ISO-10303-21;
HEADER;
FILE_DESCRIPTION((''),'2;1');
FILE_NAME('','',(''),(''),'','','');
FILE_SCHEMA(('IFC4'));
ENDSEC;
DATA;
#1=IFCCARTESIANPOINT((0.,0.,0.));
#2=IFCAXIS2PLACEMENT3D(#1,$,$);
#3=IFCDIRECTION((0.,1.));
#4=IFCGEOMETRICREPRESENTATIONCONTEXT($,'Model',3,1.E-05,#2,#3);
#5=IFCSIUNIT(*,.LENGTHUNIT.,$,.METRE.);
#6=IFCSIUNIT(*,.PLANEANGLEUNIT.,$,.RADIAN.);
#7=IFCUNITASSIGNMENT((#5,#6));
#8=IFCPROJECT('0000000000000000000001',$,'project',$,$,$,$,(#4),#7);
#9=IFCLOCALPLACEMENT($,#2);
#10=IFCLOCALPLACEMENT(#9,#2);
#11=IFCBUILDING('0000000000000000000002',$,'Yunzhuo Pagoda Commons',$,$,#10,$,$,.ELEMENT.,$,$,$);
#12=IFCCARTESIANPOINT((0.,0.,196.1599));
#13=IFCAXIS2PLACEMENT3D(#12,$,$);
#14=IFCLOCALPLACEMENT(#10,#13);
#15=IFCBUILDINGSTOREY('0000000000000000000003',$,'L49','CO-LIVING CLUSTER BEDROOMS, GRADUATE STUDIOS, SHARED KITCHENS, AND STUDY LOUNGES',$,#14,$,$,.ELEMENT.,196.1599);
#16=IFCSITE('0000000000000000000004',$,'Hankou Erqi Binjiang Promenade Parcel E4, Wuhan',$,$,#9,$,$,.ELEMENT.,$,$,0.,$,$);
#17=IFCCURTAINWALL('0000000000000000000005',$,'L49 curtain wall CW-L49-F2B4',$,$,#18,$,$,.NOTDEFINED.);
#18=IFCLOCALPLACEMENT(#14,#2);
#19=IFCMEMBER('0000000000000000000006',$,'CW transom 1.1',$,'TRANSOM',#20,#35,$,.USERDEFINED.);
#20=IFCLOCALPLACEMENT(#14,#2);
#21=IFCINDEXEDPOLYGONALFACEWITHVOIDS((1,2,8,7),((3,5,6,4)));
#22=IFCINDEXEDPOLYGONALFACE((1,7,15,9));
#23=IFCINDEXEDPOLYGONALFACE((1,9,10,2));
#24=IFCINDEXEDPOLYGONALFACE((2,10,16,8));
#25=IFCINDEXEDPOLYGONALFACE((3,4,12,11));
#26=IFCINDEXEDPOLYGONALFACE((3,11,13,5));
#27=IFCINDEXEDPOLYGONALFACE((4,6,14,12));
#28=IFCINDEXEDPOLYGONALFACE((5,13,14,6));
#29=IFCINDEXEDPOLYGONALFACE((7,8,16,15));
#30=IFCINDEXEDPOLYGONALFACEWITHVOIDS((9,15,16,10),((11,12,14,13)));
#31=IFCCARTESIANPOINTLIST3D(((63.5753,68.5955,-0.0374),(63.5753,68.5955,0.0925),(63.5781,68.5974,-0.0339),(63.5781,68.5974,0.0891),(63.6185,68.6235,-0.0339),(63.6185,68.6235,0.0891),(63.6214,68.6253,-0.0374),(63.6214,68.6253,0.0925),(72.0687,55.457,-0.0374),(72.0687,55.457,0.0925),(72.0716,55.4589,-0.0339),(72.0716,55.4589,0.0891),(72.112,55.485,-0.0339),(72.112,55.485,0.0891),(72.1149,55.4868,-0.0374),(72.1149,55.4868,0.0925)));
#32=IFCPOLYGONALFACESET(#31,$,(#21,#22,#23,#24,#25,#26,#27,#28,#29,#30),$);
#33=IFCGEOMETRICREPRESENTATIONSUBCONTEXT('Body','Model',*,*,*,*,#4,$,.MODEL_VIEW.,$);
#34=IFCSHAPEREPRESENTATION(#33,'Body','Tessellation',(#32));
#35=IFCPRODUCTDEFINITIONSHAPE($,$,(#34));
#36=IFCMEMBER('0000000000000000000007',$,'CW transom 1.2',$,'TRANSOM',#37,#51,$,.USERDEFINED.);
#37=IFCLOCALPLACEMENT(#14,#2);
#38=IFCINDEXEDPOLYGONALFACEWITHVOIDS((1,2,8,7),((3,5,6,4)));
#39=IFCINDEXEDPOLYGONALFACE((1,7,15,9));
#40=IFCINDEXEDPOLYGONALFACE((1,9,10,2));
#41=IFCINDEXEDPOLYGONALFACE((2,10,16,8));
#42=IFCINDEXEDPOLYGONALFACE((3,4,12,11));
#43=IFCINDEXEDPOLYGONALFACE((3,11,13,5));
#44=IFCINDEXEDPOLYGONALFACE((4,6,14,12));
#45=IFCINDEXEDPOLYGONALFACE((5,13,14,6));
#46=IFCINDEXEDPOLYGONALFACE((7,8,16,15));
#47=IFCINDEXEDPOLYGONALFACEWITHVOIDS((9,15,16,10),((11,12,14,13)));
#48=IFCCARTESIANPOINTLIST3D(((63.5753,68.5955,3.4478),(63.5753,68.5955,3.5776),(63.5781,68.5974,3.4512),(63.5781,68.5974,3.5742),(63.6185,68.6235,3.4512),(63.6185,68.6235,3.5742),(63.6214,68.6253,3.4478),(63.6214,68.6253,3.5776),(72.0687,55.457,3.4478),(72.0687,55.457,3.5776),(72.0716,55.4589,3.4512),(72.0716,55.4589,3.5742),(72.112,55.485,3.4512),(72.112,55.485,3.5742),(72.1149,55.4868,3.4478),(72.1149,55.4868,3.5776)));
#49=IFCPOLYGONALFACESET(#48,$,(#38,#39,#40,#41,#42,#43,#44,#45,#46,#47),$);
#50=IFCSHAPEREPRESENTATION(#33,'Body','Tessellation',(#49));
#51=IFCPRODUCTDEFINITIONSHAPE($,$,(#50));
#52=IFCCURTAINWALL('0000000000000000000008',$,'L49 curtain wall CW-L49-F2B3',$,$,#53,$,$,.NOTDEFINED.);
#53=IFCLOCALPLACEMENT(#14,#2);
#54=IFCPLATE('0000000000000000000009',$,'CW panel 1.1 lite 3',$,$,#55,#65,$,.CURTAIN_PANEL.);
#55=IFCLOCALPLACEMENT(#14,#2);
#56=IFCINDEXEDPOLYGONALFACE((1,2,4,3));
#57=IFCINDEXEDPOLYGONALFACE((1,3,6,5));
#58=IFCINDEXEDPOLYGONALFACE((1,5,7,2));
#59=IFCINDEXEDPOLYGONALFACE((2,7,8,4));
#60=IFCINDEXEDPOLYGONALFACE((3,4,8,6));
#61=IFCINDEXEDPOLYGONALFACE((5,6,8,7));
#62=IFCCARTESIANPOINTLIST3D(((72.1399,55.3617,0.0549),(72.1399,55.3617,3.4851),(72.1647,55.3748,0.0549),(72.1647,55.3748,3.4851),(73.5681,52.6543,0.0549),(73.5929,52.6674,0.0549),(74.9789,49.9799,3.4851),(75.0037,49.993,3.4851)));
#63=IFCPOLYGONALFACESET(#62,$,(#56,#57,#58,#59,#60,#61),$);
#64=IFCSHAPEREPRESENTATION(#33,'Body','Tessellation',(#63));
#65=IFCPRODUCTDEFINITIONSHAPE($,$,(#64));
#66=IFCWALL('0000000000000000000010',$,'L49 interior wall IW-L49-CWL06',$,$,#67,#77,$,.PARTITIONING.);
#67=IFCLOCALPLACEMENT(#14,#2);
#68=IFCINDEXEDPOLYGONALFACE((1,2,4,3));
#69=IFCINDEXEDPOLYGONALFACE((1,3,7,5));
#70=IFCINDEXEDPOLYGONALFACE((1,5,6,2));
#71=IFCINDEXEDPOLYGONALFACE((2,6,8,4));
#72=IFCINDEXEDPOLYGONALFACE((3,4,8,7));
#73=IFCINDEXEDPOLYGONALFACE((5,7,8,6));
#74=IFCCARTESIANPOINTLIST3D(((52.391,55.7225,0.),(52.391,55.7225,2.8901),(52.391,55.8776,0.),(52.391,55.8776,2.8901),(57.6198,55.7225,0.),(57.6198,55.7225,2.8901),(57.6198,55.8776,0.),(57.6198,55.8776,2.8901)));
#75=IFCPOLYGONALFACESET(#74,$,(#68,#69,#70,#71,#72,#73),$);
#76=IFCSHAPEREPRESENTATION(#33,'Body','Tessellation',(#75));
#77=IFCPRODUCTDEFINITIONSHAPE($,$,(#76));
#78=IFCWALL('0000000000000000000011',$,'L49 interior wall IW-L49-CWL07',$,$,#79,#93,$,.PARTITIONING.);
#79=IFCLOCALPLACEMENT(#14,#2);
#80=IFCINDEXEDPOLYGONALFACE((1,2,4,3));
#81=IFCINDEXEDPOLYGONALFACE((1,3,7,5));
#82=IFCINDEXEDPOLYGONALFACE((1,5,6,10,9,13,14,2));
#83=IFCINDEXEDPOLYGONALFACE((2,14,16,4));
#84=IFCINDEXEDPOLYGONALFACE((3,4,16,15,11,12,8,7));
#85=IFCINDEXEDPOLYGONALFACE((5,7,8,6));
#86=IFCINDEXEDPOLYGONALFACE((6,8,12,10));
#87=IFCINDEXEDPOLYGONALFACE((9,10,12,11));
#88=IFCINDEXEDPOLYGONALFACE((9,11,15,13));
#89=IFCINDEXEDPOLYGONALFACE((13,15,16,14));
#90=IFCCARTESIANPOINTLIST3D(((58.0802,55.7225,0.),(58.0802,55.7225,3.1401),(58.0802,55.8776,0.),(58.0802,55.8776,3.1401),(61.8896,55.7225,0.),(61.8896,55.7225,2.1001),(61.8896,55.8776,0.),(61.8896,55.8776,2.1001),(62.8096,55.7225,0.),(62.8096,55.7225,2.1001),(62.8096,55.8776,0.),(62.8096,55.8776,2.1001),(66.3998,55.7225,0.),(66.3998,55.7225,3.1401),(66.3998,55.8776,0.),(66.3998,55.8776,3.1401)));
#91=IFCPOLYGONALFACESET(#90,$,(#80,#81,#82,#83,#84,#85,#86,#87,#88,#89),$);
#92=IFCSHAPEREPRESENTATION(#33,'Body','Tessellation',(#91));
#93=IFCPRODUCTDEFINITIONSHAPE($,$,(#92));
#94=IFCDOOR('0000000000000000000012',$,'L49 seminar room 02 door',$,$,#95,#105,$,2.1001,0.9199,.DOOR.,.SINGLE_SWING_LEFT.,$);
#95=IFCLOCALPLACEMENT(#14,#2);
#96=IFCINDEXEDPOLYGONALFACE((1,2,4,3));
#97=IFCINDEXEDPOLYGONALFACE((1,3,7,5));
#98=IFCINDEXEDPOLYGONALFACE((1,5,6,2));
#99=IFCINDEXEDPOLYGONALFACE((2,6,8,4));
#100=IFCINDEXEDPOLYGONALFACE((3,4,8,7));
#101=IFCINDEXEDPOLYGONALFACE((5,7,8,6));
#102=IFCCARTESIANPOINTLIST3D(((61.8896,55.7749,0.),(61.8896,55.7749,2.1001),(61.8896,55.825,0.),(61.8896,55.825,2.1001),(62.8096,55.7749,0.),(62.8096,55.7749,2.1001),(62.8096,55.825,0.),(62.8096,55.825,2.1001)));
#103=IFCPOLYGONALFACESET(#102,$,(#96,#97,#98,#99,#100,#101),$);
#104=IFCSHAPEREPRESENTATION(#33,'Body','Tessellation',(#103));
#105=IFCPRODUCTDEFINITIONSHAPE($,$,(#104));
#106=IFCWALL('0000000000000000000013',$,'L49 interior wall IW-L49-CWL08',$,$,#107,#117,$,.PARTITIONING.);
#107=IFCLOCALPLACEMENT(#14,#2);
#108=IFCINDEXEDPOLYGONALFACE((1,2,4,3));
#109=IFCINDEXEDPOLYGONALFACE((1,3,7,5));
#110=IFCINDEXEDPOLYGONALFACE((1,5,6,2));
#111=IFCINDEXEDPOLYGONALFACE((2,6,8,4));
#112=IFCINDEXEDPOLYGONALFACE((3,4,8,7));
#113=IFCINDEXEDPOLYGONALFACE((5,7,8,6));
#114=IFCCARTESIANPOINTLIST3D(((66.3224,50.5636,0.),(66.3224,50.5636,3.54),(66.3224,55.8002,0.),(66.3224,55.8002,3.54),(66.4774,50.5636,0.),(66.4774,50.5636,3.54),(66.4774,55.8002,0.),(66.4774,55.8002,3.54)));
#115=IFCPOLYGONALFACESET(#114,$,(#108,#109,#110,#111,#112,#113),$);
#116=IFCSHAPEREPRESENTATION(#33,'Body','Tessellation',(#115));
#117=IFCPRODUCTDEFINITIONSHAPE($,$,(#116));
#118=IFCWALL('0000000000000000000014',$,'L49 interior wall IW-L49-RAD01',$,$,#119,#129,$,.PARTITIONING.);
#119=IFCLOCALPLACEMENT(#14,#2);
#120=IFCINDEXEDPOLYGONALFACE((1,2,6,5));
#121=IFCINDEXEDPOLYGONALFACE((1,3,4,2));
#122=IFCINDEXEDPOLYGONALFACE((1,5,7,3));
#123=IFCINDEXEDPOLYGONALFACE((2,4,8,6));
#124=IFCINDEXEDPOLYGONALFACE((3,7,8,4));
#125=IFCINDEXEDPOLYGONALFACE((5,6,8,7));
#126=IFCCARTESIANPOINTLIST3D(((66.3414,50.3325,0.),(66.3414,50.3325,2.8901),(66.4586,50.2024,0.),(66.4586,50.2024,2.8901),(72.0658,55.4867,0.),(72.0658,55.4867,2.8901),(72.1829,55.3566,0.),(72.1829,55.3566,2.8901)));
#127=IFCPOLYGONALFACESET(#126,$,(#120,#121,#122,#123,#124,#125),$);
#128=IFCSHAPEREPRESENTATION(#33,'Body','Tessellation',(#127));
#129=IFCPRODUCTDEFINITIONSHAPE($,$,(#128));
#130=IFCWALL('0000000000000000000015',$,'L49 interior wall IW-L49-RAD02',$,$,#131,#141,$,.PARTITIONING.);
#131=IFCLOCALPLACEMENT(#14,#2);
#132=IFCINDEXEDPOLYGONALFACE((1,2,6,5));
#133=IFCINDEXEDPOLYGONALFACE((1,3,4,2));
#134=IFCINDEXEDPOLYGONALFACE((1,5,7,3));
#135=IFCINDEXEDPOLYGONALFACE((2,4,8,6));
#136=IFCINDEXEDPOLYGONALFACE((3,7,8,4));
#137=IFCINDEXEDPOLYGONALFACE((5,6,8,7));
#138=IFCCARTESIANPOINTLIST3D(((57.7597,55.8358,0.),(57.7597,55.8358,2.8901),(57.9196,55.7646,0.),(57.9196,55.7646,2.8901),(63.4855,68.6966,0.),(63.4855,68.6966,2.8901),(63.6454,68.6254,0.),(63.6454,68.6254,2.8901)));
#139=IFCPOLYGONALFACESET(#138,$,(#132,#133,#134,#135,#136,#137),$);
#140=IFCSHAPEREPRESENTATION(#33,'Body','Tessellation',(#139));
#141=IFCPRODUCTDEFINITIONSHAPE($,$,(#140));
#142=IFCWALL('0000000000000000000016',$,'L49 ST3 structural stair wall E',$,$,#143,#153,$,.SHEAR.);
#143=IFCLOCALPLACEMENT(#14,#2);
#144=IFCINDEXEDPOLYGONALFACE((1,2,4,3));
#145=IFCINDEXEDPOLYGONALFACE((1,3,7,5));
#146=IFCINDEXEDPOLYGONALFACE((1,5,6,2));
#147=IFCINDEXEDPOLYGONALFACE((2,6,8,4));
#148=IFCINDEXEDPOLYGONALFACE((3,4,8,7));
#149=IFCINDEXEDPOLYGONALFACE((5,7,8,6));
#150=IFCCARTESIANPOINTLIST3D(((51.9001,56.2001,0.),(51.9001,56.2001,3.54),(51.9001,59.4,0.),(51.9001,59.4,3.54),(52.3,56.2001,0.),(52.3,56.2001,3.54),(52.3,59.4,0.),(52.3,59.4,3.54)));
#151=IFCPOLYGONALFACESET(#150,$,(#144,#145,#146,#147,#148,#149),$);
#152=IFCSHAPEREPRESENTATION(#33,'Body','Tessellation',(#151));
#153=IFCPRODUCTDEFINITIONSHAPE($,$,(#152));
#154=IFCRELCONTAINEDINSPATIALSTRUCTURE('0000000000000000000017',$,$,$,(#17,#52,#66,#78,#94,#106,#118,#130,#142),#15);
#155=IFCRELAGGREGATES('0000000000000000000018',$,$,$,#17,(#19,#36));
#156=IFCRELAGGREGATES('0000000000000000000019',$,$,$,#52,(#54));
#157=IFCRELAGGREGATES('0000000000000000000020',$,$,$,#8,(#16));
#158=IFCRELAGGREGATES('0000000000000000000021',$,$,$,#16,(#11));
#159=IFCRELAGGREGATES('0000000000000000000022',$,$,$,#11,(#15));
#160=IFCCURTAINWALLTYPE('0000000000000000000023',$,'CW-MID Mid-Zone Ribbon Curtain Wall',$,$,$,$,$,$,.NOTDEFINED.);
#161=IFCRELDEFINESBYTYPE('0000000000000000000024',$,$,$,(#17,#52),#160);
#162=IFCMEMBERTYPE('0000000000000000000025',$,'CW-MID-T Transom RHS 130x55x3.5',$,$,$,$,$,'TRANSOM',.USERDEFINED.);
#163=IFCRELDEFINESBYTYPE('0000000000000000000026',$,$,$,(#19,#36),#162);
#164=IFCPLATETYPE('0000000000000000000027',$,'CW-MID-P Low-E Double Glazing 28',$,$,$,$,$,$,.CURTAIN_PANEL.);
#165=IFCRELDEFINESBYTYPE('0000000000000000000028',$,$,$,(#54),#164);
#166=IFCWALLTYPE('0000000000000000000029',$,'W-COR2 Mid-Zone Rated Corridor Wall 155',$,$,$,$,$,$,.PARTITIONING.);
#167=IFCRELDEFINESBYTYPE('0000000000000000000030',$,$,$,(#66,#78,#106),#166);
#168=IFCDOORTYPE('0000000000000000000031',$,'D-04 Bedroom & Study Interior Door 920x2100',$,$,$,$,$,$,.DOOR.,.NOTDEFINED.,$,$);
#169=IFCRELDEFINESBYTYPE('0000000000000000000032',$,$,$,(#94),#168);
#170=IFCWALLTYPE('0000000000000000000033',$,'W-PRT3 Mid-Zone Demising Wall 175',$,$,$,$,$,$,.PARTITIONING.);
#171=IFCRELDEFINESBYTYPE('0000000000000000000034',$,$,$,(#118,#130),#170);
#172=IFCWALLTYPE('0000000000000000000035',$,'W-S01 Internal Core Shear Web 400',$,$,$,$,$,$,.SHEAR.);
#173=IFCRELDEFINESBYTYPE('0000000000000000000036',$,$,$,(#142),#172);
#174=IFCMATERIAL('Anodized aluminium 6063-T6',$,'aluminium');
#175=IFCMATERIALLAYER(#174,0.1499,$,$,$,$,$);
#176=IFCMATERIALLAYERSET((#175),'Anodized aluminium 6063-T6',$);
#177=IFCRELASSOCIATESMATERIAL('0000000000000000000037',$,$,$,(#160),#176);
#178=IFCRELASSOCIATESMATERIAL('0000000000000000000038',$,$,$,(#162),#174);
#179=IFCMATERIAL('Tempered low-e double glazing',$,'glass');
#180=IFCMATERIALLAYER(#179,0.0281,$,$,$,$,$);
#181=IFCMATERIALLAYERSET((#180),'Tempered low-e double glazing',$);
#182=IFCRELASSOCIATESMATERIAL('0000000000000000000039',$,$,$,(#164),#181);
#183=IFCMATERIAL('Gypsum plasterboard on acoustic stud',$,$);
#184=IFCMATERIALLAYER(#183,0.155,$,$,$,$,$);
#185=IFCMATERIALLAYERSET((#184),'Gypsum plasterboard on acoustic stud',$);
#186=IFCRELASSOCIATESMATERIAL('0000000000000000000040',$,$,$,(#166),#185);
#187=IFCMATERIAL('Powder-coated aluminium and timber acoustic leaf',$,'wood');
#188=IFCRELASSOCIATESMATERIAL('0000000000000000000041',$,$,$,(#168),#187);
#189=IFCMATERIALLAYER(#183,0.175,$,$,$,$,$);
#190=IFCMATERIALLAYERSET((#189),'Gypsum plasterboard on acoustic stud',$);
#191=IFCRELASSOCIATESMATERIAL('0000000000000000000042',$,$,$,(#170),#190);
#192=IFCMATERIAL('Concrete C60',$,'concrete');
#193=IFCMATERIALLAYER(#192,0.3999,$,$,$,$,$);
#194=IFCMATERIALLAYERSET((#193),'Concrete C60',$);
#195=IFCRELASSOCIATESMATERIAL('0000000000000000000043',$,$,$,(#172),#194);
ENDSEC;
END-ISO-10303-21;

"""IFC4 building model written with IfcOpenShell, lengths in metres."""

from ifc_helpers import new_model, si_unit, direction, frame, frame_2d, origin, origin_with_axes, origin_2d, place, context, subcontext, project, spatial, polyline, rectangle, hollow_rectangle, outline, extrude, source, transform, mapped, material, layer, layer_set, material_profile, profile_set, type_object, element, fill, aggregate, save


model = new_model("IFC4")

# Units and contexts
model_context = context("Model", 3, precision=1e-05, world=origin(), true_north=direction((0.0, 1.0)))
body_context = subcontext(model_context, "Body", "Model", "MODEL_VIEW")
ifc_project = project(units=[si_unit("LENGTHUNIT", "METRE"), si_unit("PLANEANGLEUNIT", "RADIAN")], contexts=[model_context])

# Site, building, storey
site_placement = place(None, origin())
site = spatial("IfcSite", under=ifc_project, at=site_placement, Name="Hankou Erqi Binjiang Promenade Parcel E4, Wuhan", CompositionType="ELEMENT", RefElevation=0.0)
building_placement = place(site_placement, origin())
building = spatial("IfcBuilding", under=site, at=building_placement, Name="Yunzhuo Pagoda Commons", CompositionType="ELEMENT")
storey_placement = place(building_placement, frame((0.0, 0.0, 196.1599)))
storey = spatial("IfcBuildingStorey", under=building, at=storey_placement, Name="L49", Description="CO-LIVING CLUSTER BEDROOMS, GRADUATE STUDIOS, SHARED KITCHENS, AND STUDY LOUNGES", CompositionType="ELEMENT", Elevation=196.1599)

# Curtain wall, members
ifc_material_1 = material(Name="Anodized aluminium 6063-T6", Category="aluminium")
ifc_layer_1 = layer(ifc_material_1, 0.1499)
ifc_layer_set_1 = layer_set([ifc_layer_1], Name="Anodized aluminium 6063-T6")
curtain_wall_type = type_object("IfcCurtainWallType", Name="CW-MID Mid-Zone Ribbon Curtain Wall", PredefinedType="NOTDEFINED", material=ifc_layer_set_1)
curtain_wall_1_placement = place(storey_placement, origin())
curtain_wall_1 = element("IfcCurtainWall", 1, at=curtain_wall_1_placement, inside=storey, type_object=curtain_wall_type, Name="L49 curtain wall CW-L49-F2B4", PredefinedType="NOTDEFINED")
ifc_material_profile_1 = material_profile(ifc_material_1, hollow_rectangle(XDim=0.0549, YDim=0.1299, WallThickness=0.0034, at=origin_2d()), Name="Anodized aluminium 6063-T6")
ifc_profile_set_1 = profile_set([ifc_material_profile_1], Name="Anodized aluminium 6063-T6")
member_type_1 = type_object("IfcMemberType", Name="CW-MID-T Transom RHS 130x55x3.5", ElementType="TRANSOM", PredefinedType="USERDEFINED", material=ifc_profile_set_1)
shared_shape_1 = source(origin(), body_context, "Body", "SweptSolid", [
    extrude(hollow_rectangle(XDim=0.0549, YDim=0.1299, WallThickness=0.0034, at=origin_2d()), origin(), (0.0, 0.0, 1.0), 15.6448),
])
member_1_placement = place(storey_placement, frame((72.0918, 55.4719, 0.0276), z_axis=(-0.542894, 0.839801, 0.0), x_axis=(-0.839801, -0.542894, 0.0)))
member_1 = element("IfcMember", 2, at=member_1_placement, type_object=member_type_1, Name="CW transom 1.1", ObjectType="TRANSOM", PredefinedType="USERDEFINED", context=body_context, shape_type="MappedRepresentation", body=[
    mapped(shared_shape_1, transform((0.0, 0.0, 0.0), scale=1.0)),
])
member_2_placement = place(storey_placement, frame((72.0918, 55.4719, 3.5127), z_axis=(-0.542894, 0.839801, 0.0), x_axis=(-0.839801, -0.542894, 0.0)))
member_2 = element("IfcMember", 3, at=member_2_placement, type_object=member_type_1, Name="CW transom 1.2", ObjectType="TRANSOM", PredefinedType="USERDEFINED", context=body_context, shape_type="MappedRepresentation", body=[
    mapped(shared_shape_1, transform((0.0, 0.0, 0.0), scale=1.0)),
])
aggregate(curtain_wall_1, [member_1, member_2])

# Curtain wall, plate
curtain_wall_2_placement = place(storey_placement, origin())
curtain_wall_2 = element("IfcCurtainWall", 4, at=curtain_wall_2_placement, inside=storey, type_object=curtain_wall_type, Name="L49 curtain wall CW-L49-F2B3", PredefinedType="NOTDEFINED")
ifc_material_2 = material(Name="Tempered low-e double glazing", Category="glass")
ifc_layer_2 = layer(ifc_material_2, 0.0281)
ifc_layer_set_2 = layer_set([ifc_layer_2], Name="Tempered low-e double glazing")
plate_type = type_object("IfcPlateType", Name="CW-MID-P Low-E Double Glazing 28", PredefinedType="CURTAIN_PANEL", material=ifc_layer_set_2)
plate_placement = place(storey_placement, frame((73.5593, 52.6709, 1.77), z_axis=(0.884484, 0.466571, 0.0), x_axis=(-0.466571, 0.884484, 0.0)))
plate = element("IfcPlate", 5, at=plate_placement, type_object=plate_type, Name="CW panel 1.1 lite 3", PredefinedType="CURTAIN_PANEL", context=body_context, shape_type="SweptSolid", body=[
    extrude(outline(polyline([(-3.0425, 1.7151), (-0.0188, -1.7151), (3.0422, -1.7151), (3.0422, 1.7151), (-3.0425, 1.7151)])), origin(), (0.0, 0.0, 1.0), 0.0281),
])
aggregate(curtain_wall_2, [plate])

# Wall
ifc_material_3 = material(Name="Gypsum plasterboard on acoustic stud")
ifc_layer_3 = layer(ifc_material_3, 0.155)
ifc_layer_set_3 = layer_set([ifc_layer_3], Name="Gypsum plasterboard on acoustic stud")
wall_type_1 = type_object("IfcWallType", Name="W-COR2 Mid-Zone Rated Corridor Wall 155", PredefinedType="PARTITIONING", material=ifc_layer_set_3)
wall_1_placement = place(storey_placement, frame((52.3911, 55.8, 0.0), z_axis=(0.0, 0.0, 1.0), x_axis=(1.0, 0.0, 0.0)))
element("IfcWall", 6, at=wall_1_placement, inside=storey, type_object=wall_type_1, Name="L49 interior wall IW-L49-CWL06", PredefinedType="PARTITIONING", context=body_context, shape_type="SweptSolid", body=[
    extrude(rectangle(XDim=5.2288, YDim=0.155, at=frame_2d((2.6143, 0.0))), origin(), (0.0, 0.0, 1.0), 2.8901),
])

# Wall, opening, door
wall_2_placement = place(storey_placement, frame((58.0803, 55.8, 0.0), z_axis=(0.0, 0.0, 1.0), x_axis=(1.0, 0.0, 0.0)))
wall_2 = element("IfcWall", 7, at=wall_2_placement, inside=storey, type_object=wall_type_1, Name="L49 interior wall IW-L49-CWL07", PredefinedType="PARTITIONING", context=body_context, shape_type="SweptSolid", body=[
    extrude(rectangle(XDim=8.3196, YDim=0.155, at=frame_2d((4.1597, 0.0))), origin(), (0.0, 0.0, 1.0), 3.1401),
])
opening_placement = place(wall_2_placement, frame((3.8093, 0.0, 0.0)))
opening = element("IfcOpeningElement", 8, at=opening_placement, cuts=wall_2, PredefinedType="OPENING", context=body_context, shape_type="SweptSolid", body=[
    extrude(rectangle(XDim=0.9199, YDim=2.1001, at=frame_2d((0.46, 1.05))), frame((0.0, 0.0874, 0.0), z_axis=(0.0, -1.0, 0.0), x_axis=(1.0, 0.0, 0.0)), (0.0, 0.0, 1.0), 0.175),
])
ifc_material_4 = material(Name="Powder-coated aluminium and timber acoustic leaf", Category="wood")
door_type = type_object("IfcDoorType", Name="D-04 Bedroom & Study Interior Door 920x2100", OperationType="NOTDEFINED", PredefinedType="DOOR", material=ifc_material_4)
shared_shape_2 = source(origin(), body_context, "Body", "SweptSolid", [
    extrude(rectangle(XDim=0.9199, YDim=2.1001, at=frame_2d((0.46, 1.05))), frame((0.0, 0.0249, 0.0), z_axis=(0.0, -1.0, 0.0), x_axis=(1.0, 0.0, 0.0)), (0.0, 0.0, 1.0), 0.05),
])
door_placement = place(opening_placement, origin_with_axes())
door = element("IfcDoor", 9, at=door_placement, inside=storey, type_object=door_type, Name="L49 seminar room 02 door", OperationType="SINGLE_SWING_LEFT", OverallHeight=2.1001, OverallWidth=0.9199, PredefinedType="DOOR", context=body_context, shape_type="MappedRepresentation", body=[
    mapped(shared_shape_2, transform((0.0, 0.0, 0.0), scale=1.0)),
])
fill(opening, door)

# Walls
wall_3_placement = place(storey_placement, frame((66.3999, 55.8, 0.0), z_axis=(0.0, 0.0, 1.0), x_axis=(0.0, -1.0, 0.0)))
element("IfcWall", 10, at=wall_3_placement, inside=storey, type_object=wall_type_1, Name="L49 interior wall IW-L49-CWL08", PredefinedType="PARTITIONING", context=body_context, shape_type="SweptSolid", body=[
    extrude(rectangle(XDim=5.2366, YDim=0.155, at=frame_2d((2.6182, 0.0))), origin(), (0.0, 0.0, 1.0), 3.54),
])
ifc_layer_4 = layer(ifc_material_3, 0.175)
ifc_layer_set_4 = layer_set([ifc_layer_4], Name="Gypsum plasterboard on acoustic stud")
wall_type_2 = type_object("IfcWallType", Name="W-PRT3 Mid-Zone Demising Wall 175", PredefinedType="PARTITIONING", material=ifc_layer_set_4)
wall_4_placement = place(storey_placement, frame((66.3999, 50.2673, 0.0), z_axis=(0.0, 0.0, 1.0), x_axis=(0.743141, 0.669135, 0.0)))
element("IfcWall", 11, at=wall_4_placement, inside=storey, type_object=wall_type_2, Name="L49 interior wall IW-L49-RAD01", PredefinedType="PARTITIONING", context=body_context, shape_type="SweptSolid", body=[
    extrude(rectangle(XDim=7.7029, YDim=0.175, at=frame_2d((3.8516, 0.0))), origin(), (0.0, 0.0, 1.0), 2.8901),
])
wall_5_placement = place(storey_placement, frame((57.8396, 55.8, 0.0), z_axis=(0.0, 0.0, 1.0), x_axis=(0.406726, 0.91355, 0.0)))
element("IfcWall", 12, at=wall_5_placement, inside=storey, type_object=wall_type_2, Name="L49 interior wall IW-L49-RAD02", PredefinedType="PARTITIONING", context=body_context, shape_type="SweptSolid", body=[
    extrude(rectangle(XDim=14.0779, YDim=0.175, at=frame_2d((7.0391, 0.0))), origin(), (0.0, 0.0, 1.0), 2.8901),
])
ifc_material_5 = material(Name="Concrete C60", Category="concrete")
ifc_layer_5 = layer(ifc_material_5, 0.3999)
ifc_layer_set_5 = layer_set([ifc_layer_5], Name="Concrete C60")
wall_type_3 = type_object("IfcWallType", Name="W-S01 Internal Core Shear Web 400", PredefinedType="SHEAR", material=ifc_layer_set_5)
wall_6_placement = place(storey_placement, frame((52.1001, 56.2, 0.0), z_axis=(0.0, 0.0, 1.0), x_axis=(0.0, 1.0, 0.0)))
element("IfcWall", 13, at=wall_6_placement, inside=storey, type_object=wall_type_3, Name="L49 ST3 structural stair wall E", PredefinedType="SHEAR", context=body_context, shape_type="SweptSolid", body=[
    extrude(rectangle(XDim=3.2, YDim=0.3999, at=frame_2d((1.6001, 0.0))), origin(), (0.0, 0.0, 1.0), 3.54),
])

save(model, "model.ifc")
